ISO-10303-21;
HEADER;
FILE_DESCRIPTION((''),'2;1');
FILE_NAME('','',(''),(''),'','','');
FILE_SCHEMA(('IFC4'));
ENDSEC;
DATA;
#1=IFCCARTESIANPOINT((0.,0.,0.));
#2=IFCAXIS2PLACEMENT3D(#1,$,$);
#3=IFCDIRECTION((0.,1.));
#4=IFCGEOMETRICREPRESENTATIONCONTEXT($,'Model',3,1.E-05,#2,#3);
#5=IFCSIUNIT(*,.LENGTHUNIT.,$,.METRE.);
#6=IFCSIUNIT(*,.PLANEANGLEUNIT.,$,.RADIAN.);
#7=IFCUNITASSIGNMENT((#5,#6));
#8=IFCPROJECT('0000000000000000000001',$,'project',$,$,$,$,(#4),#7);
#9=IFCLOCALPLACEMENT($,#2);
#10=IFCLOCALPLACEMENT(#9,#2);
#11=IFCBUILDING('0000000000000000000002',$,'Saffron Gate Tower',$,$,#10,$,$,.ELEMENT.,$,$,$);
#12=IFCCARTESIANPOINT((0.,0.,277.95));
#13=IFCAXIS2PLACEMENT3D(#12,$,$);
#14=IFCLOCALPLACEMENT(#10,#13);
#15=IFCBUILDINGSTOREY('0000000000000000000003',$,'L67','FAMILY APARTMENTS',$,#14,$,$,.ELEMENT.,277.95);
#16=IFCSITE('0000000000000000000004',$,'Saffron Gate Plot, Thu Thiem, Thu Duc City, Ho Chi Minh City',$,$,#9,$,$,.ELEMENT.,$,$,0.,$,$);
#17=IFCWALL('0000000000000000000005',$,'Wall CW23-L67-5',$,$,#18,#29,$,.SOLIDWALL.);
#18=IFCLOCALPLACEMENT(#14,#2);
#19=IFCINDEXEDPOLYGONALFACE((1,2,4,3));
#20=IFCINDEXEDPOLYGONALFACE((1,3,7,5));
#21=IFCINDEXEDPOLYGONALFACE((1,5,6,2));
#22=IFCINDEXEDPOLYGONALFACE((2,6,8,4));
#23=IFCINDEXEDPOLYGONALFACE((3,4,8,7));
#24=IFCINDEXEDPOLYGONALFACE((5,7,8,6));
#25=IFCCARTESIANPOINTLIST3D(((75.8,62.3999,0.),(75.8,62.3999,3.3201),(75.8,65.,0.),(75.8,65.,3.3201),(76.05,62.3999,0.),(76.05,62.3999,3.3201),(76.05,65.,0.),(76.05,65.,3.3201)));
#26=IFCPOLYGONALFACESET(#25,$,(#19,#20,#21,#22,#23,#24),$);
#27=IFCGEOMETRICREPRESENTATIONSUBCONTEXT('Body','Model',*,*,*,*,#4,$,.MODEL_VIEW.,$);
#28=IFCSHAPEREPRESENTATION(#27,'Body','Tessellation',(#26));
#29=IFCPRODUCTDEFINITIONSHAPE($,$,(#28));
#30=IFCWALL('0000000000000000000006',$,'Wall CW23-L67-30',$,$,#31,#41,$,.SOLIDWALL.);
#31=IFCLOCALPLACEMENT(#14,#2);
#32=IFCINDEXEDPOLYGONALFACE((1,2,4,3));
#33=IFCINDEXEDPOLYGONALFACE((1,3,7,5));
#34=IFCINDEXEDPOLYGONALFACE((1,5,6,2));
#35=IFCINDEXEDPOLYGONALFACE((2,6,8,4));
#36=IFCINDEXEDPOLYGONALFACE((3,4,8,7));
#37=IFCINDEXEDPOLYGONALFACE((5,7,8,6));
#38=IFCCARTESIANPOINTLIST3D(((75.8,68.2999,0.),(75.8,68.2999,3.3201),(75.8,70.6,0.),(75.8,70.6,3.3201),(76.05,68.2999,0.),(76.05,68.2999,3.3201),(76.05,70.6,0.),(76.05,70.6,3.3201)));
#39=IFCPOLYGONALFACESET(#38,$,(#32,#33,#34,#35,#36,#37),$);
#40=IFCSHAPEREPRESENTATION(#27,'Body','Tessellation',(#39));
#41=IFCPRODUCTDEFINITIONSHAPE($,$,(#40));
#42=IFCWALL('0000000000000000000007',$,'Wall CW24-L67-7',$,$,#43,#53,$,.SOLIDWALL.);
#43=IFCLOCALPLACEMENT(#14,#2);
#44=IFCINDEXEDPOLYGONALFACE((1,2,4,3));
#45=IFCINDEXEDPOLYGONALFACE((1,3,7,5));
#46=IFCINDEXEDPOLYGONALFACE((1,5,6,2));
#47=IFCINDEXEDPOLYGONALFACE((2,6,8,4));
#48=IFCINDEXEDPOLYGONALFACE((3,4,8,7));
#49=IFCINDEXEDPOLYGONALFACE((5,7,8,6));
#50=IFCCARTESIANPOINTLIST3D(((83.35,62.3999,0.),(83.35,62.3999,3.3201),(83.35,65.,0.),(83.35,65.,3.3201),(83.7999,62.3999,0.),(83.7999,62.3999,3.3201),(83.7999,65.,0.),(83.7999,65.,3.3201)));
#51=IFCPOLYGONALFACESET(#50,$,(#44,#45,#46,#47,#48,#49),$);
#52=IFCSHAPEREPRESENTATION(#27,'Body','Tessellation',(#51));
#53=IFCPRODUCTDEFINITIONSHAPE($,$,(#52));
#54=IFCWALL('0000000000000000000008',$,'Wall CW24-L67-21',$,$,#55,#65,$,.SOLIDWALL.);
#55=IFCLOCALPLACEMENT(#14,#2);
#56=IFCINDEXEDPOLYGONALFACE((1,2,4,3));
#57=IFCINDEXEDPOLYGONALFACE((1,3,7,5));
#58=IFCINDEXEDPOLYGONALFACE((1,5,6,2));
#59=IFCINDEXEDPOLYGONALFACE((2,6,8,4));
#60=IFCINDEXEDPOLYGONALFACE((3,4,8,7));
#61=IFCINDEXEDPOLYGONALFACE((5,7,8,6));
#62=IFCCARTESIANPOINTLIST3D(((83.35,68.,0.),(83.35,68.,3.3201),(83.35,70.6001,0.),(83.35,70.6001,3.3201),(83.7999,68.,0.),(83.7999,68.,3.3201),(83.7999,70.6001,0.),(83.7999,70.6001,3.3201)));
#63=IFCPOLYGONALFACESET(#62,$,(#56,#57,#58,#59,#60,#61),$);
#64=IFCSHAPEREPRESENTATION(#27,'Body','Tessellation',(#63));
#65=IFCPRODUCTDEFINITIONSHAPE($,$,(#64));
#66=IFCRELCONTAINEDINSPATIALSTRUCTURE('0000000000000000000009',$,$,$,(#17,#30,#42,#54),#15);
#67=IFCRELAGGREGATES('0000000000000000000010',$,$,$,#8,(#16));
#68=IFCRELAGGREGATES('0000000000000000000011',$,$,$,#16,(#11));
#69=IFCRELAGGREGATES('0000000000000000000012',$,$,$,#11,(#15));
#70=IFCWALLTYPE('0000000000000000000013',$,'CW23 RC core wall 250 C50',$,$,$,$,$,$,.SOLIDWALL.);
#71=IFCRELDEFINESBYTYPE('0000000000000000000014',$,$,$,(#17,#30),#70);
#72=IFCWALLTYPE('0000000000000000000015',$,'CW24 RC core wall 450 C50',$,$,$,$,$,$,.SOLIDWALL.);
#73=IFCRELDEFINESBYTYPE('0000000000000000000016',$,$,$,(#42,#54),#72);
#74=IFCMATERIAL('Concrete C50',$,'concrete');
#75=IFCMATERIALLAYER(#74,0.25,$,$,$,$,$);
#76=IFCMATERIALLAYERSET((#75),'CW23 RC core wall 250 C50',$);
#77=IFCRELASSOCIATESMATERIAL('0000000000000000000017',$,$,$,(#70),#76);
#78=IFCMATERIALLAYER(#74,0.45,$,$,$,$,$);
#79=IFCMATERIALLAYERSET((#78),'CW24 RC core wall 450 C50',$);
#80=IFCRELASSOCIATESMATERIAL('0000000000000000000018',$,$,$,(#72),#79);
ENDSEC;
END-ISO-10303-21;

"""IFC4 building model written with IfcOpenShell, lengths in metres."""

from ifc_helpers import new_model, si_unit, direction, frame, frame_2d, origin, place, context, subcontext, project, spatial, rectangle, extrude, material, layer, layer_set, type_object, element, save


model = new_model("IFC4")

# Units and contexts
model_context = context("Model", 3, precision=1e-05, world=origin(), true_north=direction((0.0, 1.0)))
body_context = subcontext(model_context, "Body", "Model", "MODEL_VIEW")
ifc_project = project(units=[si_unit("LENGTHUNIT", "METRE"), si_unit("PLANEANGLEUNIT", "RADIAN")], contexts=[model_context])

# Site, building, storey
site_placement = place(None, origin())
site = spatial("IfcSite", under=ifc_project, at=site_placement, Name="Saffron Gate Plot, Thu Thiem, Thu Duc City, Ho Chi Minh City", CompositionType="ELEMENT", RefElevation=0.0)
building_placement = place(site_placement, origin())
building = spatial("IfcBuilding", under=site, at=building_placement, Name="Saffron Gate Tower", CompositionType="ELEMENT")
storey_placement = place(building_placement, frame((0.0, 0.0, 277.95)))
storey = spatial("IfcBuildingStorey", under=building, at=storey_placement, Name="L67", Description="FAMILY APARTMENTS", CompositionType="ELEMENT", Elevation=277.95)

# Walls
ifc_material_1 = material(Name="Concrete C50", Category="concrete")
ifc_layer_1 = layer(ifc_material_1, 0.25)
ifc_layer_set_1 = layer_set([ifc_layer_1], Name="CW23 RC core wall 250 C50")
wall_type_1 = type_object("IfcWallType", Name="CW23 RC core wall 250 C50", PredefinedType="SOLIDWALL", material=ifc_layer_set_1)
wall_1_placement = place(storey_placement, frame((75.925, 62.3999, 0.0), z_axis=(0.0, 0.0, 1.0), x_axis=(0.0, 1.0, 0.0)))
element("IfcWall", 1, at=wall_1_placement, inside=storey, type_object=wall_type_1, Name="Wall CW23-L67-5", PredefinedType="SOLIDWALL", context=body_context, shape_type="SweptSolid", body=[
    extrude(rectangle(XDim=2.6001, YDim=0.25, at=frame_2d((1.3, 0.0))), origin(), (0.0, 0.0, 1.0), 3.3201),
])
wall_2_placement = place(storey_placement, frame((75.925, 68.3, 0.0), z_axis=(0.0, 0.0, 1.0), x_axis=(0.0, 1.0, 0.0)))
element("IfcWall", 2, at=wall_2_placement, inside=storey, type_object=wall_type_1, Name="Wall CW23-L67-30", PredefinedType="SOLIDWALL", context=body_context, shape_type="SweptSolid", body=[
    extrude(rectangle(XDim=2.3, YDim=0.25, at=frame_2d((1.1499, 0.0))), origin(), (0.0, 0.0, 1.0), 3.3201),
])
ifc_layer_2 = layer(ifc_material_1, 0.45)
ifc_layer_set_2 = layer_set([ifc_layer_2], Name="CW24 RC core wall 450 C50")
wall_type_2 = type_object("IfcWallType", Name="CW24 RC core wall 450 C50", PredefinedType="SOLIDWALL", material=ifc_layer_set_2)
for number, where, z_axis, x_axis, name in (
    (3, (83.575, 62.3999, 0.0), (0.0, 0.0, 1.0), (0.0, 1.0, 0.0), "Wall CW24-L67-7"),
    (4, (83.575, 68.0, 0.0), (0.0, 0.0, 1.0), (0.0, 1.0, 0.0), "Wall CW24-L67-21"),
):
    element("IfcWall", number, at=place(storey_placement, frame(where, z_axis=z_axis, x_axis=x_axis)), inside=storey, type_object=wall_type_2, Name=name, PredefinedType="SOLIDWALL", context=body_context, shape_type="SweptSolid", body=[
        extrude(rectangle(XDim=2.6001, YDim=0.45, at=frame_2d((1.3, 0.0))), origin(), (0.0, 0.0, 1.0), 3.3201),
    ])

save(model, "model.ifc")
